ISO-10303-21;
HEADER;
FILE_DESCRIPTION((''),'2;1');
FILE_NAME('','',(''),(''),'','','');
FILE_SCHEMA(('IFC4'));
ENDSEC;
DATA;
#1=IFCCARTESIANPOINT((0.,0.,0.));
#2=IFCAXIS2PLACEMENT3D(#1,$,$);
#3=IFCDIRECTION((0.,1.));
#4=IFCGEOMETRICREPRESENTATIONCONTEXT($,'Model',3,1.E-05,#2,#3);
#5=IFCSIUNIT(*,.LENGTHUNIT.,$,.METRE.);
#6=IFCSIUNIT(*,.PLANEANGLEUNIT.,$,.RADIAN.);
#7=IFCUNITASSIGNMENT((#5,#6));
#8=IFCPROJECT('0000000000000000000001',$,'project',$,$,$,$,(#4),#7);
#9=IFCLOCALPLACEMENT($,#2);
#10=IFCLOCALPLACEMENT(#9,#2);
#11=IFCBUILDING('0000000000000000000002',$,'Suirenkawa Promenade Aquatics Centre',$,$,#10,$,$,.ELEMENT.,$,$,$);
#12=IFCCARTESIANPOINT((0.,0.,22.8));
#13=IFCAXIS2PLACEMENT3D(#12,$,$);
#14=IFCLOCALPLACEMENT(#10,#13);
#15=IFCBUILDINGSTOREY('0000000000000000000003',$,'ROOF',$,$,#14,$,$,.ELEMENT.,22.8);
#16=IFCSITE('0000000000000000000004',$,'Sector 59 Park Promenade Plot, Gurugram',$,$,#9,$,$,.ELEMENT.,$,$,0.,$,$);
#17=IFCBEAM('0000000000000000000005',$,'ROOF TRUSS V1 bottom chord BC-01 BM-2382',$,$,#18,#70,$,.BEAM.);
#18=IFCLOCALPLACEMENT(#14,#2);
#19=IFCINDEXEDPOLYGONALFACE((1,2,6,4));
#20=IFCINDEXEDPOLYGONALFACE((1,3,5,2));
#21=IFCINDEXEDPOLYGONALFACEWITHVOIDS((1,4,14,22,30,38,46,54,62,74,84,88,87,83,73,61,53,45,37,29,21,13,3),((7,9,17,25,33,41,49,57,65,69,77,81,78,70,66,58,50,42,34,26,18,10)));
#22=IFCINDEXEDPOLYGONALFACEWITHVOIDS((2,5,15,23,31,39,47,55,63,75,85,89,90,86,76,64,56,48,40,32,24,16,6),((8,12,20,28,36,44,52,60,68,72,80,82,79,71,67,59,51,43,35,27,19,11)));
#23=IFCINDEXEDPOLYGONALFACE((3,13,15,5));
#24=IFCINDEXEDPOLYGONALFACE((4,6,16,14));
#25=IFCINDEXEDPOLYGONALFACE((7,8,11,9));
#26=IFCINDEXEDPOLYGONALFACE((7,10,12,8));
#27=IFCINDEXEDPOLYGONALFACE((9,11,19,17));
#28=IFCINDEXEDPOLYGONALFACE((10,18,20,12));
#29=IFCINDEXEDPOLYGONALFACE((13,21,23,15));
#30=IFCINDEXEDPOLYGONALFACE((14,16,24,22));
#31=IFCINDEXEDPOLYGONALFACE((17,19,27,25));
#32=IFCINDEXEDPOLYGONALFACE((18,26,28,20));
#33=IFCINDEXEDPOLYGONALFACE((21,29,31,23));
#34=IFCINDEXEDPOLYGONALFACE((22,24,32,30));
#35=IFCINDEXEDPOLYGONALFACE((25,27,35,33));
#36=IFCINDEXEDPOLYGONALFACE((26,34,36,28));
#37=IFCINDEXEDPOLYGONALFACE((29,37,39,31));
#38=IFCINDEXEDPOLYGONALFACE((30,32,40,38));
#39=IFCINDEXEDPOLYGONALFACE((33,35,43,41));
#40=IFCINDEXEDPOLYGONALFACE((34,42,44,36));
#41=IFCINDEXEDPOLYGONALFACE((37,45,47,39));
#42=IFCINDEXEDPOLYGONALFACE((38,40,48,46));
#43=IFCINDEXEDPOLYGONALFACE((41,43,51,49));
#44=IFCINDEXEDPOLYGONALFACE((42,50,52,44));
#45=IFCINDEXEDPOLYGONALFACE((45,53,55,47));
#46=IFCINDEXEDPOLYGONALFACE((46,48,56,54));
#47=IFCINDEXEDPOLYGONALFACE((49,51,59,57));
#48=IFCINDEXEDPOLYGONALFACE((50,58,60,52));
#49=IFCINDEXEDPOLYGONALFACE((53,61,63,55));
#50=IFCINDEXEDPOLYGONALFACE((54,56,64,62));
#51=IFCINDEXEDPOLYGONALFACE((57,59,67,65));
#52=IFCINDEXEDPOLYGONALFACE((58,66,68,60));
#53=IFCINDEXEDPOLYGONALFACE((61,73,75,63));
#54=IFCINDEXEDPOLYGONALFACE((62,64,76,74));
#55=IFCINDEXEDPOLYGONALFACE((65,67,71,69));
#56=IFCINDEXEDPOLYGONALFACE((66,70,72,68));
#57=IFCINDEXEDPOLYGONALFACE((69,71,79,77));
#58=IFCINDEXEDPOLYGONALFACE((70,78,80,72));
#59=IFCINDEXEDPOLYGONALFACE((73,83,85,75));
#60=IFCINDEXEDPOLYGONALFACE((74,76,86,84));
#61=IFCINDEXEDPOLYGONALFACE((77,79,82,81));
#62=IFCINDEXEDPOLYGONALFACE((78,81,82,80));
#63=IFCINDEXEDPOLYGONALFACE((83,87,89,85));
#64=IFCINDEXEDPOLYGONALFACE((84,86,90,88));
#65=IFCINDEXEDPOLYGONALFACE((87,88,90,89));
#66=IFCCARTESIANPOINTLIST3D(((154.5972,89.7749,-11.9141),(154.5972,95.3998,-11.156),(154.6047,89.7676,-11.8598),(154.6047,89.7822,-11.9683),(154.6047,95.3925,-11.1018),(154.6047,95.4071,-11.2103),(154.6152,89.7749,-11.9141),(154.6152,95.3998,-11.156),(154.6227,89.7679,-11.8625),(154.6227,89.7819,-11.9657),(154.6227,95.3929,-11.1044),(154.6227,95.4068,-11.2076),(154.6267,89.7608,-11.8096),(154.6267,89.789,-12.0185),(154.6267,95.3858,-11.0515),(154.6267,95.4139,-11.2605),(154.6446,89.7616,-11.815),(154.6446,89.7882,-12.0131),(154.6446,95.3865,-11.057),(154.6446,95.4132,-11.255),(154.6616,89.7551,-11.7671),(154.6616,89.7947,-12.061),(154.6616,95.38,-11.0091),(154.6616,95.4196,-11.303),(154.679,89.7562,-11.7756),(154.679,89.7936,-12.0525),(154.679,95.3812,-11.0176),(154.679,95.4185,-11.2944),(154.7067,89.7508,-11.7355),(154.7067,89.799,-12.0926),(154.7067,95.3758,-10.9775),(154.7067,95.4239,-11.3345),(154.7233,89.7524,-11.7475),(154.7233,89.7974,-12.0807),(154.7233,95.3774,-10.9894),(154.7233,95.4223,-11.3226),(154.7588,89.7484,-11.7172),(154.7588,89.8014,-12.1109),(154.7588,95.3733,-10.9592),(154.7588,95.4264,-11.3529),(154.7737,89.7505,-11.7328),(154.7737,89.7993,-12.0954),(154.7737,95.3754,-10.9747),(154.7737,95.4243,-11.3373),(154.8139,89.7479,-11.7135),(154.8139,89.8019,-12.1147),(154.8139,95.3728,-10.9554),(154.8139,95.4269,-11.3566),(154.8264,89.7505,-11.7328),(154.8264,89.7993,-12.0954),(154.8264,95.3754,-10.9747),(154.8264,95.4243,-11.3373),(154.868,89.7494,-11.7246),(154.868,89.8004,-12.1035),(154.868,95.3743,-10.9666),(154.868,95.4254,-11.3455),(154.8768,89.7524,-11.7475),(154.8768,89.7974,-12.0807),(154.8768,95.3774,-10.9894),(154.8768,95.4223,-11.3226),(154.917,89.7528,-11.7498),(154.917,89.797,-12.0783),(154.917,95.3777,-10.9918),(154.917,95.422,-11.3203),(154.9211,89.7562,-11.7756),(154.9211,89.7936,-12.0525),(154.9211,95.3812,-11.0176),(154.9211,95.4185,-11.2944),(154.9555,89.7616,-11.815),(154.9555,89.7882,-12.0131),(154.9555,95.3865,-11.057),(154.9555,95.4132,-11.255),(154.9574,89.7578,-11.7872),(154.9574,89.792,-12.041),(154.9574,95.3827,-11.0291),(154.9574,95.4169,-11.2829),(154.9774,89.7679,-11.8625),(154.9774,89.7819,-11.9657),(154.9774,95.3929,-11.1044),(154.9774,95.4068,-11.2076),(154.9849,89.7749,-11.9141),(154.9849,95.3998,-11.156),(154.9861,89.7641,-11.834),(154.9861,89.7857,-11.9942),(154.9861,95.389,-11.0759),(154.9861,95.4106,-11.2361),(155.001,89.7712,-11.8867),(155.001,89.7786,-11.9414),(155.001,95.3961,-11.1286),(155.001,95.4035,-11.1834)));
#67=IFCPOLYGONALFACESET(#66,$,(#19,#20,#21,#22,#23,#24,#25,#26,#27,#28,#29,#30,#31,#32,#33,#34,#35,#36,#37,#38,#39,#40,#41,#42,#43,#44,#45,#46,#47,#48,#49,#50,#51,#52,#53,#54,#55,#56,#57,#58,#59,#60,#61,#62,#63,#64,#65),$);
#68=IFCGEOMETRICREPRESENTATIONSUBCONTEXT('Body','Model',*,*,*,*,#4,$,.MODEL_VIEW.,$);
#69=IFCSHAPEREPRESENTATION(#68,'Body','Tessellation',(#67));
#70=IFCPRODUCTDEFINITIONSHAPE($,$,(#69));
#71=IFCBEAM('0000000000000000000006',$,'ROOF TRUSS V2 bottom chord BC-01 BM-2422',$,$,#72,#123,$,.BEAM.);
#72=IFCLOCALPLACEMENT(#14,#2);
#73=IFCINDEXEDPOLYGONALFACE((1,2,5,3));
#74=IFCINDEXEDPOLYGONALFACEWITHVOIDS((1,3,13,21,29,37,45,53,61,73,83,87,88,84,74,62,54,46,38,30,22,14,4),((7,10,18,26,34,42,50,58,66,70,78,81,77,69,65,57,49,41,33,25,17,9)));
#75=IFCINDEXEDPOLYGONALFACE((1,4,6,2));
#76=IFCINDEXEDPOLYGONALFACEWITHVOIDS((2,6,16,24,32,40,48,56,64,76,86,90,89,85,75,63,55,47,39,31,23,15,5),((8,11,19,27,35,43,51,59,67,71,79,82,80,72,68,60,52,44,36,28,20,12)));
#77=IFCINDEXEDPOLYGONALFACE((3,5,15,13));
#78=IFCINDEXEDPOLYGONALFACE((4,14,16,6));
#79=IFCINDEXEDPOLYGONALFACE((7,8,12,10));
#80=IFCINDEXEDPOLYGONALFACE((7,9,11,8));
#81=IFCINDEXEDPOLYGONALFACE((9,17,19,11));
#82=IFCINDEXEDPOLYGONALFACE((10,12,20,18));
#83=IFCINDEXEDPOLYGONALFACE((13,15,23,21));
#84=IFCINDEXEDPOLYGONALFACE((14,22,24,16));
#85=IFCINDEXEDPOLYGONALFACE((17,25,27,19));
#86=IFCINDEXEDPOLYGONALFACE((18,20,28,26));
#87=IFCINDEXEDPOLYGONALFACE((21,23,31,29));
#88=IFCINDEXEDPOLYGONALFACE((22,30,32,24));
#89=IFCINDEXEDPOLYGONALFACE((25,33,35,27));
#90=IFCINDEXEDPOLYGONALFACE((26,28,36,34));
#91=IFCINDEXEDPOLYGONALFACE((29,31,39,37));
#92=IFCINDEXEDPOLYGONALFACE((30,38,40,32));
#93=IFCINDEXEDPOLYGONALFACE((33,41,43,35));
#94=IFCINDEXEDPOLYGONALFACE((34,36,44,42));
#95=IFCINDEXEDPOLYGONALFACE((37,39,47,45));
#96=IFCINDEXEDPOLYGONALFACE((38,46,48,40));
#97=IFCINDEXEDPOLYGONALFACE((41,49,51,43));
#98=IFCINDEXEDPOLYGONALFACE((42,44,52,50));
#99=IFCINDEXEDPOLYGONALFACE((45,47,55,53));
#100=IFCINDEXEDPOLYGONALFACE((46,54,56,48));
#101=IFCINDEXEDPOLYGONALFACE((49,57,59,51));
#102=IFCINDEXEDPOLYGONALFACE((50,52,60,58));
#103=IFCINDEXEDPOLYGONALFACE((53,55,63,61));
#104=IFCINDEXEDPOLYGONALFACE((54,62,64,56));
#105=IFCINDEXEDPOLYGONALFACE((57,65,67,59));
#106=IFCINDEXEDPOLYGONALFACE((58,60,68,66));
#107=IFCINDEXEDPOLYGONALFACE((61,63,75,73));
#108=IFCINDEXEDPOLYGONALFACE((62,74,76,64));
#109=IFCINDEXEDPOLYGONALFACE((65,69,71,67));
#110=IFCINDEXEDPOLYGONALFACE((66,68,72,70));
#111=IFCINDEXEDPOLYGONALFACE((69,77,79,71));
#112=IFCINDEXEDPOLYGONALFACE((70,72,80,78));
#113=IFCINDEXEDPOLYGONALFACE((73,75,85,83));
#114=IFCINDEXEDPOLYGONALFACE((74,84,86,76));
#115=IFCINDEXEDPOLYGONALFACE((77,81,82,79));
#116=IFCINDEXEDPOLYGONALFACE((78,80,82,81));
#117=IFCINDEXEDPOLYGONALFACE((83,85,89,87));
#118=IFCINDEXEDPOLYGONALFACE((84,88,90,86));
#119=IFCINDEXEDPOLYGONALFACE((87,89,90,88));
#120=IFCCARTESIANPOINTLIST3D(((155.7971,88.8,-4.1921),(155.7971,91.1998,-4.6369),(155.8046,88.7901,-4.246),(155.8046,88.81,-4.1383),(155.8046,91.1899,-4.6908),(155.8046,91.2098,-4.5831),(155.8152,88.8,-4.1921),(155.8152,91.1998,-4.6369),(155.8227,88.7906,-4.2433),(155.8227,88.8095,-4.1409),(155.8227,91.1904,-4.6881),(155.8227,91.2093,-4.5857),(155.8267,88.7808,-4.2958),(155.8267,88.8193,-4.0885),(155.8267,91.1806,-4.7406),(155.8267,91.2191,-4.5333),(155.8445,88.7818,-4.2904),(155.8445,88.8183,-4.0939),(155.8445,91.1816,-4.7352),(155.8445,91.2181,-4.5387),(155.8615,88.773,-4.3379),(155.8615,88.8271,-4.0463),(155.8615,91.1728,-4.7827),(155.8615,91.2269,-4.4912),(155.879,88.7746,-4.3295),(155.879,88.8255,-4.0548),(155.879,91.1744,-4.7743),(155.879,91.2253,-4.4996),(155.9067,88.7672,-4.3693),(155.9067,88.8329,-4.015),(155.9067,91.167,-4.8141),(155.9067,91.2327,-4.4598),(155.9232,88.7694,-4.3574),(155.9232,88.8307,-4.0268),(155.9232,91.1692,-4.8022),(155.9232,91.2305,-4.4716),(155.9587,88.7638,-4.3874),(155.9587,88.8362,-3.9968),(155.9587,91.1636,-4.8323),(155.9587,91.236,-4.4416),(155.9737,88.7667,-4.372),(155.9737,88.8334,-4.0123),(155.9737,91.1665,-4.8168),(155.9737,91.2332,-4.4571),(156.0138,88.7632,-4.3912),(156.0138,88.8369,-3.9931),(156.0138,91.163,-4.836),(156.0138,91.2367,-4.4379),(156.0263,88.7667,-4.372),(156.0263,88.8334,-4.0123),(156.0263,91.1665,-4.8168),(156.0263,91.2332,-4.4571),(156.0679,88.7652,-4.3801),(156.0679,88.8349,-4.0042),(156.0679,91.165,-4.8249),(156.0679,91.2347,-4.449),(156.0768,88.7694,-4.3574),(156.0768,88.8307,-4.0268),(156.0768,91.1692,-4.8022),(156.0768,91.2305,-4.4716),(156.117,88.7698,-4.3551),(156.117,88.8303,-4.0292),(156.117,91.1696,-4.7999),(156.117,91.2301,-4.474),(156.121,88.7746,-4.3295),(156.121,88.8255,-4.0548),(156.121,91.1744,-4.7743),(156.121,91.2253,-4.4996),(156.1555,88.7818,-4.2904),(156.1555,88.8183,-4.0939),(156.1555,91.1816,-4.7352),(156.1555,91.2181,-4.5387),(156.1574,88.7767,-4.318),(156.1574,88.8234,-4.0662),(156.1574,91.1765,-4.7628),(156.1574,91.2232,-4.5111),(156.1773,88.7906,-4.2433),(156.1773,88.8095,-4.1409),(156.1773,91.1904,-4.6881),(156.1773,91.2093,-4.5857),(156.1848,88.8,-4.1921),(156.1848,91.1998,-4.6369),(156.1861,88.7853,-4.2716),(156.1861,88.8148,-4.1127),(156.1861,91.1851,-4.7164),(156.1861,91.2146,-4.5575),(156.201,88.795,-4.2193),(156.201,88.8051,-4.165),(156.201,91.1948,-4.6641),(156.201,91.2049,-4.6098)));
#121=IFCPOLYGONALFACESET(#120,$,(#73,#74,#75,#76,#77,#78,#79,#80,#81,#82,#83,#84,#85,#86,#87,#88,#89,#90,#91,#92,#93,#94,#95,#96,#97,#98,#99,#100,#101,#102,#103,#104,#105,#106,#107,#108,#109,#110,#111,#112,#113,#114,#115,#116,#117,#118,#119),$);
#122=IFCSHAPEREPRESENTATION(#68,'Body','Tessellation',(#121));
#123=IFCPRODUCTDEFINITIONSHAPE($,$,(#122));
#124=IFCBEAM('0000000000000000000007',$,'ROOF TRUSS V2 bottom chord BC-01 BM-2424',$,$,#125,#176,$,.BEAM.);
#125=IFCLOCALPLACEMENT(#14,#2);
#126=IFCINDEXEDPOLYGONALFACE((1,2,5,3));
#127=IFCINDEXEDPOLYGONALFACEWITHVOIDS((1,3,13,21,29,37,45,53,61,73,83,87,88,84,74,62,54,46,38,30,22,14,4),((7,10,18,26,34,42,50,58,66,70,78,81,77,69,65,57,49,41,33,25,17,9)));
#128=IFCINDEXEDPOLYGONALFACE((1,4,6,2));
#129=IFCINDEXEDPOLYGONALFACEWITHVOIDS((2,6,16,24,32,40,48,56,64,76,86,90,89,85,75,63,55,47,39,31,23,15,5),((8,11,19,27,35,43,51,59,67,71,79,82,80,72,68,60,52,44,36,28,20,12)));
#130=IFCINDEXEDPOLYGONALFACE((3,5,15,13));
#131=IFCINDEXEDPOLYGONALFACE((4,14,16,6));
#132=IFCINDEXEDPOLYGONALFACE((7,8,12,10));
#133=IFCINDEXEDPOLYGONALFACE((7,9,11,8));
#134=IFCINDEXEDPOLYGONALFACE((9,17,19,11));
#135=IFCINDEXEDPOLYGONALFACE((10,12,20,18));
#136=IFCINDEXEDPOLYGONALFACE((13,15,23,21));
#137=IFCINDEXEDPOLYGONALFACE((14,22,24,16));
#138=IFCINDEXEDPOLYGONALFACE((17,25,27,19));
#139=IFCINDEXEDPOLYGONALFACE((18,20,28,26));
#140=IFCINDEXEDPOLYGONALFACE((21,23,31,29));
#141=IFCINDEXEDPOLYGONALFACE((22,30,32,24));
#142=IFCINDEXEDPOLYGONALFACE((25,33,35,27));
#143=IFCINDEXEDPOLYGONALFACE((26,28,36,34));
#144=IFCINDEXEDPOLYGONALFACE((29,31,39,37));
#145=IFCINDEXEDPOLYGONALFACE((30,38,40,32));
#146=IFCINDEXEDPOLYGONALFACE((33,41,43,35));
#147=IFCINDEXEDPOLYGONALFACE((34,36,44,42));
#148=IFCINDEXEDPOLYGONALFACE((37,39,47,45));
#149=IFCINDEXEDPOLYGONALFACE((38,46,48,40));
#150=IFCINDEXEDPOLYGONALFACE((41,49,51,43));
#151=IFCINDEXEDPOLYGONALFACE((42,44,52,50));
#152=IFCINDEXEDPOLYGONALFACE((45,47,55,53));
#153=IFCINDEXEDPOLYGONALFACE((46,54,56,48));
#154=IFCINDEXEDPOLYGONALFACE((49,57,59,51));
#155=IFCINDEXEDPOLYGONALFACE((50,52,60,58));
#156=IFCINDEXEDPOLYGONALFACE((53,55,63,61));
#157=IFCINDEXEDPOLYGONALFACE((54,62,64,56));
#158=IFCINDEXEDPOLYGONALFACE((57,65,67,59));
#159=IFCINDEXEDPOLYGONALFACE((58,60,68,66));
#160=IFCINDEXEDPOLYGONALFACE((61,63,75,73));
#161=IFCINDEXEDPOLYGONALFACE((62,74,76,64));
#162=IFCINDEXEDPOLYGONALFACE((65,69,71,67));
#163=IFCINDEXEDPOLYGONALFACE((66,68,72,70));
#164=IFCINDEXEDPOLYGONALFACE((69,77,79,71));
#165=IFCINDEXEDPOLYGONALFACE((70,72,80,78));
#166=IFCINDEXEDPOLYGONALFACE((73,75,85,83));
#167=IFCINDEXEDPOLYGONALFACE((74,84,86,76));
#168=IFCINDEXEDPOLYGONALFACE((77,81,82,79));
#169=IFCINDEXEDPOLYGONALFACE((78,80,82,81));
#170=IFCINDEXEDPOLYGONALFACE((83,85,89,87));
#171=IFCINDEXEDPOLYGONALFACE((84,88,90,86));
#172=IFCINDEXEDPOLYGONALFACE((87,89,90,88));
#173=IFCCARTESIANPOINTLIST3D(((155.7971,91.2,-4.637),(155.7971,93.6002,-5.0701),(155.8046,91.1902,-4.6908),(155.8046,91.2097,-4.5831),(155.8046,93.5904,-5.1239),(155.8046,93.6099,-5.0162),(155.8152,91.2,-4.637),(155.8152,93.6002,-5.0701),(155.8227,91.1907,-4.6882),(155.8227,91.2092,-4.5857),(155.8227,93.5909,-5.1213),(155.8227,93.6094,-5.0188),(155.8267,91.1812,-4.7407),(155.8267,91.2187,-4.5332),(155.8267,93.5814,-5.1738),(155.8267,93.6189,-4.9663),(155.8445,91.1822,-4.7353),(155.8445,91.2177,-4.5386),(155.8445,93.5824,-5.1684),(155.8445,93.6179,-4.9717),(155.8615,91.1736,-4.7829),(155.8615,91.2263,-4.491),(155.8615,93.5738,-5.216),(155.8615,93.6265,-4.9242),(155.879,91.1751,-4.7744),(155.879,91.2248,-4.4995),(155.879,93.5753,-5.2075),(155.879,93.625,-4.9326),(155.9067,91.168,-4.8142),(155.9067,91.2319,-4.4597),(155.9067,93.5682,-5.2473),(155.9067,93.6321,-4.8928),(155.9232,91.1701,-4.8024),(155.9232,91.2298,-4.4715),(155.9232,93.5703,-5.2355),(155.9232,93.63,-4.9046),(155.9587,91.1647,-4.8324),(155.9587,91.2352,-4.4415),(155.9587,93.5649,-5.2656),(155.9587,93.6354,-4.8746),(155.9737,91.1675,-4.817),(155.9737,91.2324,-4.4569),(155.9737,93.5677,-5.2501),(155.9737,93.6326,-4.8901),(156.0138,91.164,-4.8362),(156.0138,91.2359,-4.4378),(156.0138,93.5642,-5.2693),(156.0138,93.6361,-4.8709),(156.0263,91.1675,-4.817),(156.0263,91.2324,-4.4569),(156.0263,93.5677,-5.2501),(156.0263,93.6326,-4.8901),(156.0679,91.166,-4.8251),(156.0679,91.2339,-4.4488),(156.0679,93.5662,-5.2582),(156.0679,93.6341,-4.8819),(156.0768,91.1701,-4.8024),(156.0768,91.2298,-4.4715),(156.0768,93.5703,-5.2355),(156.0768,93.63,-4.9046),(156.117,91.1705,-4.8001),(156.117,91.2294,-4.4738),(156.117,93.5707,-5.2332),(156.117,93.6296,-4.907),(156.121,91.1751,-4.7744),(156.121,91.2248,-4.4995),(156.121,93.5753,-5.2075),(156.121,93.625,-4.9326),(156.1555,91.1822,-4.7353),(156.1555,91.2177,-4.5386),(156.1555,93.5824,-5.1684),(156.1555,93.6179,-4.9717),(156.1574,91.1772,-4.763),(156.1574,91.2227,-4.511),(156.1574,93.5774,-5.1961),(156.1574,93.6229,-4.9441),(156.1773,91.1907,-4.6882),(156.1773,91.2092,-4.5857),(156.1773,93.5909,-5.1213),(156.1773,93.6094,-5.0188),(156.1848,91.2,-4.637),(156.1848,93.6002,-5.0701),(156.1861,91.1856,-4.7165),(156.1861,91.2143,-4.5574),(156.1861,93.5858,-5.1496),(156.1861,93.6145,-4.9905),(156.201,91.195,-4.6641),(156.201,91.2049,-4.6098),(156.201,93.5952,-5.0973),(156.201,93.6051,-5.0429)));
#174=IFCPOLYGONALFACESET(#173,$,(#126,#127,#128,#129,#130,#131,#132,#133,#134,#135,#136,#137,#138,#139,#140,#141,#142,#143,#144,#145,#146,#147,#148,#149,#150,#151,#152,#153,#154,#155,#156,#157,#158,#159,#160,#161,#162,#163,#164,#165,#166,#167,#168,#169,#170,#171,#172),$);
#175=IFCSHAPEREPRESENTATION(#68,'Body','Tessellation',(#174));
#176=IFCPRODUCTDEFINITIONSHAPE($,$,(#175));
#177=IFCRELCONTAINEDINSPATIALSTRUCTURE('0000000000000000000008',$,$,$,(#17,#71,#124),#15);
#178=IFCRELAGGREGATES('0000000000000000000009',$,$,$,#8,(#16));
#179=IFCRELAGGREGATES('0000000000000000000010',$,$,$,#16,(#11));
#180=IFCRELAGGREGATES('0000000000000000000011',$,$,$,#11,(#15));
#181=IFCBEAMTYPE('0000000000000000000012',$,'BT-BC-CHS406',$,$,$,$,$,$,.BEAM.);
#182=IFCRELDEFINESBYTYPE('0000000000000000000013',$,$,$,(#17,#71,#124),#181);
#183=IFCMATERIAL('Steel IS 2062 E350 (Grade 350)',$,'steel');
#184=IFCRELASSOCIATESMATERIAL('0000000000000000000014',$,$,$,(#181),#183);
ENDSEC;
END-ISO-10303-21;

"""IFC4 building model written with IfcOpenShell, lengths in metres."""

from ifc_helpers import new_model, si_unit, direction, frame, origin, origin_2d, place, context, subcontext, project, spatial, hollow_circle, extrude, material, material_profile, profile_set, type_object, element, save


model = new_model("IFC4")

# Units and contexts
model_context = context("Model", 3, precision=1e-05, world=origin(), true_north=direction((0.0, 1.0)))
body_context = subcontext(model_context, "Body", "Model", "MODEL_VIEW")
ifc_project = project(units=[si_unit("LENGTHUNIT", "METRE"), si_unit("PLANEANGLEUNIT", "RADIAN")], contexts=[model_context])

# Site, building, storey
site_placement = place(None, origin())
site = spatial("IfcSite", under=ifc_project, at=site_placement, Name="Sector 59 Park Promenade Plot, Gurugram", CompositionType="ELEMENT", RefElevation=0.0)
building_placement = place(site_placement, origin())
building = spatial("IfcBuilding", under=site, at=building_placement, Name="Suirenkawa Promenade Aquatics Centre", CompositionType="ELEMENT")
storey_placement = place(building_placement, frame((0.0, 0.0, 22.8)))
storey = spatial("IfcBuildingStorey", under=building, at=storey_placement, Name="ROOF", CompositionType="ELEMENT", Elevation=22.8)

# Beams
ifc_material_1 = material(Name="Steel IS 2062 E350 (Grade 350)", Category="steel")
ifc_material_profile_1 = material_profile(ifc_material_1, hollow_circle(Radius=0.2029, WallThickness=0.0181, at=origin_2d()), Name="CHS 406x18", Category="steel")
ifc_profile_set_1 = profile_set([ifc_material_profile_1], Name="Steel IS 2062 E350 (Grade 350)")
beam_type_1 = type_object("IfcBeamType", Name="BT-BC-CHS406", PredefinedType="BEAM", material=ifc_profile_set_1)
beam_1_placement = place(storey_placement, frame((154.8, 89.7749, -11.9141), z_axis=(0.0, 0.991041, 0.133558), x_axis=(-1.0, 0.0, 0.0)))
element("IfcBeam", 1, at=beam_1_placement, inside=storey, type_object=beam_type_1, Name="ROOF TRUSS V1 bottom chord BC-01 BM-2382", PredefinedType="BEAM", context=body_context, shape_type="SweptSolid", body=[
    extrude(hollow_circle(Radius=0.2029, WallThickness=0.0181, at=origin_2d()), origin(), (0.0, 0.0, 1.0), 5.6758),
])
beam_2_placement = place(storey_placement, frame((156.0, 88.8, -4.1921), z_axis=(0.0, 0.983253, -0.182247), x_axis=(-1.0, 0.0, 0.0)))
element("IfcBeam", 2, at=beam_2_placement, inside=storey, type_object=beam_type_1, Name="ROOF TRUSS V2 bottom chord BC-01 BM-2422", PredefinedType="BEAM", context=body_context, shape_type="SweptSolid", body=[
    extrude(hollow_circle(Radius=0.2029, WallThickness=0.0181, at=origin_2d()), origin(), (0.0, 0.0, 1.0), 2.4407),
])
beam_3_placement = place(storey_placement, frame((156.0, 91.2, -4.637), z_axis=(0.0, 0.984106, -0.177582), x_axis=(-1.0, 0.0, 0.0)))
element("IfcBeam", 3, at=beam_3_placement, inside=storey, type_object=beam_type_1, Name="ROOF TRUSS V2 bottom chord BC-01 BM-2424", PredefinedType="BEAM", context=body_context, shape_type="SweptSolid", body=[
    extrude(hollow_circle(Radius=0.2029, WallThickness=0.0181, at=origin_2d()), origin(), (0.0, 0.0, 1.0), 2.439),
])

save(model, "model.ifc")
